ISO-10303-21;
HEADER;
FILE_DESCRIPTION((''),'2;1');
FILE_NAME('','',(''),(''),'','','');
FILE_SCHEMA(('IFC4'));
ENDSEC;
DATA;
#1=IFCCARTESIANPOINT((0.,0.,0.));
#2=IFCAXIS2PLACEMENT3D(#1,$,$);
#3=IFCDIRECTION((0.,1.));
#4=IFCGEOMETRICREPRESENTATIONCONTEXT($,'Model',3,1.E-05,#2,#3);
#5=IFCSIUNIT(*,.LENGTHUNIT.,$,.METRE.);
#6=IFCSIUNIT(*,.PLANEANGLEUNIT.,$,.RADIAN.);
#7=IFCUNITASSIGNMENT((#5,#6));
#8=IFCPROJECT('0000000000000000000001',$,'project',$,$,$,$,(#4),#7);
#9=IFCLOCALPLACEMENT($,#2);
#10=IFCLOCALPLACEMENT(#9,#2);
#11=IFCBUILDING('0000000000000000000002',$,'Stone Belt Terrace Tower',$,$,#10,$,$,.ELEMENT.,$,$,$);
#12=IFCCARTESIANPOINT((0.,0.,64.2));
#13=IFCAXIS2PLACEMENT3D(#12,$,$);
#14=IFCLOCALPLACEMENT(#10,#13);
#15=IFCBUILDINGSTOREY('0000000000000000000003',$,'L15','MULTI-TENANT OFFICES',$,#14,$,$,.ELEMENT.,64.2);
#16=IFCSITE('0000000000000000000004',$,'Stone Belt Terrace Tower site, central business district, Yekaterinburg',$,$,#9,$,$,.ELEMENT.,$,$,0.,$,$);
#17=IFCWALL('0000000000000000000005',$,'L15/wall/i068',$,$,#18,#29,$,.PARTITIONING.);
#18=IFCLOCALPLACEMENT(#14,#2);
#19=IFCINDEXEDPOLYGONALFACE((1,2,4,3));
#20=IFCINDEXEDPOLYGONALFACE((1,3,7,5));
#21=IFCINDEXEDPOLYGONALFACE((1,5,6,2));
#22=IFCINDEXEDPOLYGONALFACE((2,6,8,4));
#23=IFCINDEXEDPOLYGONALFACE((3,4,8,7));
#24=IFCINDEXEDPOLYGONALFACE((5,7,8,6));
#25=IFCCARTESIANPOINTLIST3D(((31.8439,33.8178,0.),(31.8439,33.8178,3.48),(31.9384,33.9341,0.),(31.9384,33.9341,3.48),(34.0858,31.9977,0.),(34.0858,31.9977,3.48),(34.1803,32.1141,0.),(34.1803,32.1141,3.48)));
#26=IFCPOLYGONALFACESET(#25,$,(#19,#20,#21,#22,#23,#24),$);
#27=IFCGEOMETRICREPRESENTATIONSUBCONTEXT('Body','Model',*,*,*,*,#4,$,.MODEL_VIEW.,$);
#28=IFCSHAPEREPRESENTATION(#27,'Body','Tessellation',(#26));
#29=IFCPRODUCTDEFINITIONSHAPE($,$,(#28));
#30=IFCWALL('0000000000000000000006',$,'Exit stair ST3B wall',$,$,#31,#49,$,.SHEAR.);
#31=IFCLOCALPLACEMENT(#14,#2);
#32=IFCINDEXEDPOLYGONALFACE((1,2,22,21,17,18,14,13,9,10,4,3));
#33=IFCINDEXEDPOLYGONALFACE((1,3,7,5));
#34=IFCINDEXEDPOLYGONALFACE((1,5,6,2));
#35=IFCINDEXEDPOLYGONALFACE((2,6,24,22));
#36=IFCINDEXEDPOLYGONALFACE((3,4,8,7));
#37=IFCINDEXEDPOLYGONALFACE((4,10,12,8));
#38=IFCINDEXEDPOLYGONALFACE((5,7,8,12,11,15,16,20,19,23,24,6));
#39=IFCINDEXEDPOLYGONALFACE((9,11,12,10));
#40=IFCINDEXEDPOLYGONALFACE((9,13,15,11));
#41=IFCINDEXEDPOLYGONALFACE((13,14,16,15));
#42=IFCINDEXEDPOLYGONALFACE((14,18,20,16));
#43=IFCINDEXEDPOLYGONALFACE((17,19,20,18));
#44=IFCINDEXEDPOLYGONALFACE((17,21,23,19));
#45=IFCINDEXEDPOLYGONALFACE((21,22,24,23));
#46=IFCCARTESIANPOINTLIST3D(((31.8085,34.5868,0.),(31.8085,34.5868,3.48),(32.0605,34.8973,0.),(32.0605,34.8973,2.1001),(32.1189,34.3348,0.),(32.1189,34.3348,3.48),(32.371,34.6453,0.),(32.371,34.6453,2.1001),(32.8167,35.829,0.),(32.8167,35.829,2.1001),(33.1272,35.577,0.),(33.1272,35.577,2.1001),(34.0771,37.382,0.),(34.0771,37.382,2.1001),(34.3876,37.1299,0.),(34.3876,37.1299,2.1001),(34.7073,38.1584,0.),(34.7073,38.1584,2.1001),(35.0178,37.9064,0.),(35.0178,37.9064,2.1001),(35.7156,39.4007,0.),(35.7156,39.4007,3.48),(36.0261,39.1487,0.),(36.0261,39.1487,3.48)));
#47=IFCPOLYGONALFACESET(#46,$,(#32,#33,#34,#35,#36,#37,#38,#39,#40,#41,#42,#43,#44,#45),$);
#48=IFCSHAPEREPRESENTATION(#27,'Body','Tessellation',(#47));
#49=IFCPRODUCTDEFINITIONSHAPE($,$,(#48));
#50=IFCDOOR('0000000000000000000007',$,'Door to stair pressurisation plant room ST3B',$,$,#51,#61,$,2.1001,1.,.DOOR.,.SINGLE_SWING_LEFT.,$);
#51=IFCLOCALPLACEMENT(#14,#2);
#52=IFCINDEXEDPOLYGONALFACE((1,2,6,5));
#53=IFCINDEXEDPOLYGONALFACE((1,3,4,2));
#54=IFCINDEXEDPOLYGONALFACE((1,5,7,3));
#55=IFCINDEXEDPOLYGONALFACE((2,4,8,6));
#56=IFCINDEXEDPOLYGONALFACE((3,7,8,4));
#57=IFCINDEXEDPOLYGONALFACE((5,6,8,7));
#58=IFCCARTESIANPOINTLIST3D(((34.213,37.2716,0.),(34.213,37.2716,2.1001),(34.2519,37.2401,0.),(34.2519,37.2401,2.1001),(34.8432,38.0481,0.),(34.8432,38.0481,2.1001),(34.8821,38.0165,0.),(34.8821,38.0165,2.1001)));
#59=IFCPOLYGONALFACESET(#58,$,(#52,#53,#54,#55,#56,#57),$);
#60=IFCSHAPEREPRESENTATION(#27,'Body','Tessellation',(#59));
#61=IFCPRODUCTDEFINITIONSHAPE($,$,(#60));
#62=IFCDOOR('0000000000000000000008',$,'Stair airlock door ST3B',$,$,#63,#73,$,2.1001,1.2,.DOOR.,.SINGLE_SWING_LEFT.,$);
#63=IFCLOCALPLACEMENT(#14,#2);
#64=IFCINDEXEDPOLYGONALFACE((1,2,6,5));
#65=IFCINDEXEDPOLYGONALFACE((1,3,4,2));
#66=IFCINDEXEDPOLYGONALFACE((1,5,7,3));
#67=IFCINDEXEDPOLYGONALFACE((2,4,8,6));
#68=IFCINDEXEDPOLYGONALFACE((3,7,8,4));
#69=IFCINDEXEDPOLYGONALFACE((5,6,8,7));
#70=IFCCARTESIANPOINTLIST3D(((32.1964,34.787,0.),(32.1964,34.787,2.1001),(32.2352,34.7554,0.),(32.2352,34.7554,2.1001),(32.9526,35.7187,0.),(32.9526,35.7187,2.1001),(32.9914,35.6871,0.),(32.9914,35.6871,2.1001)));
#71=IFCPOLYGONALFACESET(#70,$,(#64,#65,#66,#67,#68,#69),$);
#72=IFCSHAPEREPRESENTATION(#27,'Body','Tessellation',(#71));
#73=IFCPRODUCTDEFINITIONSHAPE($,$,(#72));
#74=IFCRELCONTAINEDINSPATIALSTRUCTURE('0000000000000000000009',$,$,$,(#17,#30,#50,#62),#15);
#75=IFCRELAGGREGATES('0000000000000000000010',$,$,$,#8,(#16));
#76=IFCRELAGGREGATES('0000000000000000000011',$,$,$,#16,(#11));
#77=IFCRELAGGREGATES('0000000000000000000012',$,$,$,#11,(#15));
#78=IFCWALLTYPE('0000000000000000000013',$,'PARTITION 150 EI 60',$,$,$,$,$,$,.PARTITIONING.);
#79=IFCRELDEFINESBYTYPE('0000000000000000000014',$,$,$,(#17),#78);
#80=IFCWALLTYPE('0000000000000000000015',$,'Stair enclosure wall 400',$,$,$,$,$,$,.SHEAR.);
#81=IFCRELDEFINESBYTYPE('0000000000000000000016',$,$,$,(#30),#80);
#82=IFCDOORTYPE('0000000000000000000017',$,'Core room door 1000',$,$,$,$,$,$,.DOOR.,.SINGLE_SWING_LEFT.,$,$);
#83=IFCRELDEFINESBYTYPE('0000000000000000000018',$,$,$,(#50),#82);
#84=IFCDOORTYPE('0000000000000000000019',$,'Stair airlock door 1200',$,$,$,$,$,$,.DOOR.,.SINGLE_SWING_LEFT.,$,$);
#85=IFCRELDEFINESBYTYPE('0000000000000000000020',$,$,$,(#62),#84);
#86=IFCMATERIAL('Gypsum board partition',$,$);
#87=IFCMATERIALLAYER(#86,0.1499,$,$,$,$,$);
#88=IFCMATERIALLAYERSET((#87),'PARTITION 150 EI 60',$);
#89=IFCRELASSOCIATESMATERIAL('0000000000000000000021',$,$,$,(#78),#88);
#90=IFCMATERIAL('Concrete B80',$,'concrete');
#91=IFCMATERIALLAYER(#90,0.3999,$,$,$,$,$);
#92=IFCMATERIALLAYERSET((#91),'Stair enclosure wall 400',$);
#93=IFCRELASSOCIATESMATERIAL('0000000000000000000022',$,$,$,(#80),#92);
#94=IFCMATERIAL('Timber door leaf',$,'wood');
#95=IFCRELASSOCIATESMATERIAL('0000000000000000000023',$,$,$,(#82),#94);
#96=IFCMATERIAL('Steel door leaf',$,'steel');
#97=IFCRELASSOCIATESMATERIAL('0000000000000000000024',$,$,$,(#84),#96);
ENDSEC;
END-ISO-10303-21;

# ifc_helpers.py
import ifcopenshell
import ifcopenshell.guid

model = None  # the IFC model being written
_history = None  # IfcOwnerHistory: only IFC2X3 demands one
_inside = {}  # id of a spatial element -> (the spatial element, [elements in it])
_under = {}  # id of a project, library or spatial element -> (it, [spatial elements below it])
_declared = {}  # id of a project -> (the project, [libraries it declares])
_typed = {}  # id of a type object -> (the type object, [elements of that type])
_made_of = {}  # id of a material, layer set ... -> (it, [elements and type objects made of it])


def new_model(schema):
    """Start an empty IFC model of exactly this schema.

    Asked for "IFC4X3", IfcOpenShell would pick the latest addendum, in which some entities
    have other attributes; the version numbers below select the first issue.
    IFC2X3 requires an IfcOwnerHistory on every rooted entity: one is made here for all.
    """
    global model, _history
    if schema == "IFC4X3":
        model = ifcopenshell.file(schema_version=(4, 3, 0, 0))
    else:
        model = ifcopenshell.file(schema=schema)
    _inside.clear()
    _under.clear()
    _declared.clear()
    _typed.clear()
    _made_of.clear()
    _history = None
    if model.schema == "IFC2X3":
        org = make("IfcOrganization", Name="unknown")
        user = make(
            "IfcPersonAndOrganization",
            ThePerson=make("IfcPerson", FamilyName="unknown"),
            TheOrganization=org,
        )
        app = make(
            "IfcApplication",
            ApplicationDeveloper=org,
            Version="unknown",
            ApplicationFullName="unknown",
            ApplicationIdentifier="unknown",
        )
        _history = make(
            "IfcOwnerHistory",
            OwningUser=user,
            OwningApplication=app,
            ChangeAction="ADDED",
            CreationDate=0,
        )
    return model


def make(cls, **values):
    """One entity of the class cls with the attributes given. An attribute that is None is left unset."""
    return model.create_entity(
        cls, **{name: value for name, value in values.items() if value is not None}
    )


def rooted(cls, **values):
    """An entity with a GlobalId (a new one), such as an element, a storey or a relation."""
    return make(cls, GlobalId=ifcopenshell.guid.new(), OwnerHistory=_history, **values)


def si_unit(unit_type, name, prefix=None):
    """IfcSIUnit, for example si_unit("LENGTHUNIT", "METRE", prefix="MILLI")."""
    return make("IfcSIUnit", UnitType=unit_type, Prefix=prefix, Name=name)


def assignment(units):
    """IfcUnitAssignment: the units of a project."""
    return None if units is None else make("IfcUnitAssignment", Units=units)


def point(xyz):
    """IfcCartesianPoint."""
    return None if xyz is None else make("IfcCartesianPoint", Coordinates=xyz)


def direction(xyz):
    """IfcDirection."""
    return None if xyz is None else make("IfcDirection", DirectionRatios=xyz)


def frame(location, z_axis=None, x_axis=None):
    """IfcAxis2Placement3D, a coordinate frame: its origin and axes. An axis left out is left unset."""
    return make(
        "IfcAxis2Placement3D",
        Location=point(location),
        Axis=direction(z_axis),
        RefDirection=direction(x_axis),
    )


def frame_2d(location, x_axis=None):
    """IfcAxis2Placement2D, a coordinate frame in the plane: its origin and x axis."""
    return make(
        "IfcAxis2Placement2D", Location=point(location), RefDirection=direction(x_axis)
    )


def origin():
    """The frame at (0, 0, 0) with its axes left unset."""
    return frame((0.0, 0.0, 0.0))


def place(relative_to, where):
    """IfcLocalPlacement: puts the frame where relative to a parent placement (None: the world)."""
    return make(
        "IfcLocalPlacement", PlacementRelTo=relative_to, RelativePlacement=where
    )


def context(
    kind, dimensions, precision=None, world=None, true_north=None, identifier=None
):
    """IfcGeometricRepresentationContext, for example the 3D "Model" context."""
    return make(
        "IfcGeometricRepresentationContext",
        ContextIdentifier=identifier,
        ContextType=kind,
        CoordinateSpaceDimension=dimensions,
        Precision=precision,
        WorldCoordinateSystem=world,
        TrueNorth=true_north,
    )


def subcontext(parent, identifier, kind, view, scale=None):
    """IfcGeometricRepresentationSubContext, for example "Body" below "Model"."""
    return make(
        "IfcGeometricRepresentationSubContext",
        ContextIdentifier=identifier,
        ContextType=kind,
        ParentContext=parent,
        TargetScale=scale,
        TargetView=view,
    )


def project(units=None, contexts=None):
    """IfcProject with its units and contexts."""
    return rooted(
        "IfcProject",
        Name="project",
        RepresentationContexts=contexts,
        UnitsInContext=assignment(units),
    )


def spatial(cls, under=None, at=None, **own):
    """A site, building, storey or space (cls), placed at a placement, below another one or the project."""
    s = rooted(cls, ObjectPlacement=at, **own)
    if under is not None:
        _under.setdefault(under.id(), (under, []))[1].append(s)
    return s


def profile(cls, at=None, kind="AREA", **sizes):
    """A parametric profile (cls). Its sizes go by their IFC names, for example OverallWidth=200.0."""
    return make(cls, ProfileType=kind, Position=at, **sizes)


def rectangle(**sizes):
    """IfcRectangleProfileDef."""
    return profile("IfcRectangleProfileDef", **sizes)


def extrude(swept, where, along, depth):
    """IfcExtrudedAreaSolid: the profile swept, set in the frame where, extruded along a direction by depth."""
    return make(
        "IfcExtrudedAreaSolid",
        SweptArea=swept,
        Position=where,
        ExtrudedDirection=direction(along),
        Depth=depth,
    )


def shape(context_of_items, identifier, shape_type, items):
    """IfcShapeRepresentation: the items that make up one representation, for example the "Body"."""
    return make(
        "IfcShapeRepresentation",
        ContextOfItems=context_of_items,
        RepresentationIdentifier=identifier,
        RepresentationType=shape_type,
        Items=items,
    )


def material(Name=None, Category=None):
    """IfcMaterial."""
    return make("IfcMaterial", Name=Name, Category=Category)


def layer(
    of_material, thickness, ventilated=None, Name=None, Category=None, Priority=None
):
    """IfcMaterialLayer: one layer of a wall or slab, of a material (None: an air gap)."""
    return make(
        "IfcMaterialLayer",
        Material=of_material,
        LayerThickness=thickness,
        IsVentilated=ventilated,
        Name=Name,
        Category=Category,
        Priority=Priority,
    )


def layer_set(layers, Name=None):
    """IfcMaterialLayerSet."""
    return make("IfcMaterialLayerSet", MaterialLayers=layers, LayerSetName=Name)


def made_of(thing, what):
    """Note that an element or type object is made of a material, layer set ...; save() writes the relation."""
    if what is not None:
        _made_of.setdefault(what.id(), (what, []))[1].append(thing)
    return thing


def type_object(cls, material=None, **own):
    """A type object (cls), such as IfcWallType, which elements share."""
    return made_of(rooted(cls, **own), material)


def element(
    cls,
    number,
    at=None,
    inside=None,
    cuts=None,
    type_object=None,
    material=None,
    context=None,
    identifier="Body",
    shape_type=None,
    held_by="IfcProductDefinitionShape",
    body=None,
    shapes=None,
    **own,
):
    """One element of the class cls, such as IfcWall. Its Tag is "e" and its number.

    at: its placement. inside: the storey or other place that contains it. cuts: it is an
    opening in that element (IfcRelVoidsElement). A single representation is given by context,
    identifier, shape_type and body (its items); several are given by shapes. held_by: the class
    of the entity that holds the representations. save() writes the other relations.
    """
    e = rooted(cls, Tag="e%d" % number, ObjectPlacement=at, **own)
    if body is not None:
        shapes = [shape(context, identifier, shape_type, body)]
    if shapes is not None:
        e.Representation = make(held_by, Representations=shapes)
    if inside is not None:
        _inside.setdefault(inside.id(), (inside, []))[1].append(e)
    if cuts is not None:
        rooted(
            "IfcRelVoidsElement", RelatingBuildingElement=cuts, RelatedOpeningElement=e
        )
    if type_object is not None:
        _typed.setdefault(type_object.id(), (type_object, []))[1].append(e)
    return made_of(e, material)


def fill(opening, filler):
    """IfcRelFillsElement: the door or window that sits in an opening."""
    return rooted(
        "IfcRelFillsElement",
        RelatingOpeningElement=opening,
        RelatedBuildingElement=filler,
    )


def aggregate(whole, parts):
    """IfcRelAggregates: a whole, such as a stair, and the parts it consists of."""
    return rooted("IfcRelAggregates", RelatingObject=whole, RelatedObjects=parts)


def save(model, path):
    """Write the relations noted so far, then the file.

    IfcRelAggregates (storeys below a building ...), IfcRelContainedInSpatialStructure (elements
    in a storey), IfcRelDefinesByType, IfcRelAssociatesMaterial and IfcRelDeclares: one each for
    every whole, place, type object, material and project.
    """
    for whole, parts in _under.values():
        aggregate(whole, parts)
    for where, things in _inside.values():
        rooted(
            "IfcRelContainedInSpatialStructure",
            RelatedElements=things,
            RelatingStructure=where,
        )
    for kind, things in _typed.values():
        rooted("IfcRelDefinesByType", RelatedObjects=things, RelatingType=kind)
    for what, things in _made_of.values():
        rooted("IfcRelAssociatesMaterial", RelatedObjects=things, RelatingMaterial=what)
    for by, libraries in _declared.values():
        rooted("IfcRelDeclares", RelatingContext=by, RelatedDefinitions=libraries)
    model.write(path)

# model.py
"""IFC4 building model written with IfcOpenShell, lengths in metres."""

from ifc_helpers import new_model, si_unit, direction, frame, frame_2d, origin, place, context, subcontext, project, spatial, rectangle, extrude, material, layer, layer_set, type_object, element, fill, save


model = new_model("IFC4")

# Units and contexts
model_context = context("Model", 3, precision=1e-05, world=origin(), true_north=direction((0.0, 1.0)))
body_context = subcontext(model_context, "Body", "Model", "MODEL_VIEW")
ifc_project = project(units=[si_unit("LENGTHUNIT", "METRE"), si_unit("PLANEANGLEUNIT", "RADIAN")], contexts=[model_context])

# Site, building, storey
site_placement = place(None, origin())
site = spatial("IfcSite", under=ifc_project, at=site_placement, Name="Stone Belt Terrace Tower site, central business district, Yekaterinburg", CompositionType="ELEMENT", RefElevation=0.0)
building_placement = place(site_placement, origin())
building = spatial("IfcBuilding", under=site, at=building_placement, Name="Stone Belt Terrace Tower", CompositionType="ELEMENT")
storey_placement = place(building_placement, frame((0.0, 0.0, 64.2)))
storey = spatial("IfcBuildingStorey", under=building, at=storey_placement, Name="L15", Description="MULTI-TENANT OFFICES", CompositionType="ELEMENT", Elevation=64.2)

# Shared definitions
ifc_material_1 = material(Name="Concrete B80", Category="concrete")

# Wall
ifc_material_2 = material(Name="Gypsum board partition")
ifc_layer_1 = layer(ifc_material_2, 0.1499)
ifc_layer_set_1 = layer_set([ifc_layer_1], Name="PARTITION 150 EI 60")
wall_type_1 = type_object("IfcWallType", Name="PARTITION 150 EI 60", PredefinedType="PARTITIONING", material=ifc_layer_set_1)
wall_1_placement = place(storey_placement, frame((34.1331, 32.0559, 0.0), z_axis=(0.0, 0.0, 1.0), x_axis=(-0.77637, 0.630277, 0.0)))
element("IfcWall", 1, at=wall_1_placement, inside=storey, type_object=wall_type_1, Name="L15/wall/i068", PredefinedType="PARTITIONING", context=body_context, shape_type="SweptSolid", body=[
    extrude(rectangle(XDim=2.8877, YDim=0.1499, at=frame_2d((1.4438, 0.0))), origin(), (0.0, 0.0, 1.0), 3.48),
])

# Wall, openings, doors
ifc_layer_2 = layer(ifc_material_1, 0.3999)
ifc_layer_set_2 = layer_set([ifc_layer_2], Name="Stair enclosure wall 400")
wall_type_2 = type_object("IfcWallType", Name="Stair enclosure wall 400", PredefinedType="SHEAR", material=ifc_layer_set_2)
wall_2_placement = place(storey_placement, frame((31.9636, 34.4607, 0.0), z_axis=(0.0, 0.0, 1.0), x_axis=(0.630192, 0.776439, 0.0)))
wall_2 = element("IfcWall", 2, at=wall_2_placement, inside=storey, type_object=wall_type_2, Name="Exit stair ST3B wall", PredefinedType="SHEAR", context=body_context, shape_type="SweptSolid", body=[
    extrude(rectangle(XDim=6.2, YDim=0.3999, at=frame_2d((3.1001, 0.0))), origin(), (0.0, 0.0, 1.0), 3.48),
])
opening_1_placement = place(wall_2_placement, frame((0.3999, 0.0, 0.0)))
opening_1 = element("IfcOpeningElement", 3, at=opening_1_placement, cuts=wall_2, PredefinedType="OPENING", context=body_context, shape_type="SweptSolid", body=[
    extrude(rectangle(XDim=1.2, YDim=2.1001, at=frame_2d((0.6001, 1.05))), frame((0.0, 0.21, 0.0), z_axis=(0.0, -1.0, 0.0), x_axis=(1.0, 0.0, 0.0)), (0.0, 0.0, 1.0), 0.4199),
])
opening_2_placement = place(wall_2_placement, frame((3.6001, 0.0, 0.0)))
opening_2 = element("IfcOpeningElement", 4, at=opening_2_placement, cuts=wall_2, PredefinedType="OPENING", context=body_context, shape_type="SweptSolid", body=[
    extrude(rectangle(XDim=1.0, YDim=2.1001, at=frame_2d((0.5, 1.05))), frame((0.0, 0.21, 0.0), z_axis=(0.0, -1.0, 0.0), x_axis=(1.0, 0.0, 0.0)), (0.0, 0.0, 1.0), 0.4199),
])
ifc_material_3 = material(Name="Timber door leaf", Category="wood")
door_type_1 = type_object("IfcDoorType", Name="Core room door 1000", OperationType="SINGLE_SWING_LEFT", PredefinedType="DOOR", material=ifc_material_3)
door_1_placement = place(opening_2_placement, origin())
door_1 = element("IfcDoor", 5, at=door_1_placement, inside=storey, type_object=door_type_1, Name="Door to stair pressurisation plant room ST3B", OperationType="SINGLE_SWING_LEFT", OverallHeight=2.1001, OverallWidth=1.0, PredefinedType="DOOR", context=body_context, shape_type="SweptSolid", body=[
    extrude(rectangle(XDim=1.0, YDim=2.1001, at=frame_2d((0.5, 1.05))), frame((0.0, 0.0249, 0.0), z_axis=(0.0, -1.0, 0.0), x_axis=(1.0, 0.0, 0.0)), (0.0, 0.0, 1.0), 0.05),
])
fill(opening_2, door_1)
ifc_material_4 = material(Name="Steel door leaf", Category="steel")
door_type_2 = type_object("IfcDoorType", Name="Stair airlock door 1200", OperationType="SINGLE_SWING_LEFT", PredefinedType="DOOR", material=ifc_material_4)
door_2_placement = place(opening_1_placement, origin())
door_2 = element("IfcDoor", 6, at=door_2_placement, inside=storey, type_object=door_type_2, Name="Stair airlock door ST3B", OperationType="SINGLE_SWING_LEFT", OverallHeight=2.1001, OverallWidth=1.2, PredefinedType="DOOR", context=body_context, shape_type="SweptSolid", body=[
    extrude(rectangle(XDim=1.2, YDim=2.1001, at=frame_2d((0.6001, 1.05))), frame((0.0, 0.0249, 0.0), z_axis=(0.0, -1.0, 0.0), x_axis=(1.0, 0.0, 0.0)), (0.0, 0.0, 1.0), 0.05),
])
fill(opening_1, door_2)

save(model, "model.ifc")
